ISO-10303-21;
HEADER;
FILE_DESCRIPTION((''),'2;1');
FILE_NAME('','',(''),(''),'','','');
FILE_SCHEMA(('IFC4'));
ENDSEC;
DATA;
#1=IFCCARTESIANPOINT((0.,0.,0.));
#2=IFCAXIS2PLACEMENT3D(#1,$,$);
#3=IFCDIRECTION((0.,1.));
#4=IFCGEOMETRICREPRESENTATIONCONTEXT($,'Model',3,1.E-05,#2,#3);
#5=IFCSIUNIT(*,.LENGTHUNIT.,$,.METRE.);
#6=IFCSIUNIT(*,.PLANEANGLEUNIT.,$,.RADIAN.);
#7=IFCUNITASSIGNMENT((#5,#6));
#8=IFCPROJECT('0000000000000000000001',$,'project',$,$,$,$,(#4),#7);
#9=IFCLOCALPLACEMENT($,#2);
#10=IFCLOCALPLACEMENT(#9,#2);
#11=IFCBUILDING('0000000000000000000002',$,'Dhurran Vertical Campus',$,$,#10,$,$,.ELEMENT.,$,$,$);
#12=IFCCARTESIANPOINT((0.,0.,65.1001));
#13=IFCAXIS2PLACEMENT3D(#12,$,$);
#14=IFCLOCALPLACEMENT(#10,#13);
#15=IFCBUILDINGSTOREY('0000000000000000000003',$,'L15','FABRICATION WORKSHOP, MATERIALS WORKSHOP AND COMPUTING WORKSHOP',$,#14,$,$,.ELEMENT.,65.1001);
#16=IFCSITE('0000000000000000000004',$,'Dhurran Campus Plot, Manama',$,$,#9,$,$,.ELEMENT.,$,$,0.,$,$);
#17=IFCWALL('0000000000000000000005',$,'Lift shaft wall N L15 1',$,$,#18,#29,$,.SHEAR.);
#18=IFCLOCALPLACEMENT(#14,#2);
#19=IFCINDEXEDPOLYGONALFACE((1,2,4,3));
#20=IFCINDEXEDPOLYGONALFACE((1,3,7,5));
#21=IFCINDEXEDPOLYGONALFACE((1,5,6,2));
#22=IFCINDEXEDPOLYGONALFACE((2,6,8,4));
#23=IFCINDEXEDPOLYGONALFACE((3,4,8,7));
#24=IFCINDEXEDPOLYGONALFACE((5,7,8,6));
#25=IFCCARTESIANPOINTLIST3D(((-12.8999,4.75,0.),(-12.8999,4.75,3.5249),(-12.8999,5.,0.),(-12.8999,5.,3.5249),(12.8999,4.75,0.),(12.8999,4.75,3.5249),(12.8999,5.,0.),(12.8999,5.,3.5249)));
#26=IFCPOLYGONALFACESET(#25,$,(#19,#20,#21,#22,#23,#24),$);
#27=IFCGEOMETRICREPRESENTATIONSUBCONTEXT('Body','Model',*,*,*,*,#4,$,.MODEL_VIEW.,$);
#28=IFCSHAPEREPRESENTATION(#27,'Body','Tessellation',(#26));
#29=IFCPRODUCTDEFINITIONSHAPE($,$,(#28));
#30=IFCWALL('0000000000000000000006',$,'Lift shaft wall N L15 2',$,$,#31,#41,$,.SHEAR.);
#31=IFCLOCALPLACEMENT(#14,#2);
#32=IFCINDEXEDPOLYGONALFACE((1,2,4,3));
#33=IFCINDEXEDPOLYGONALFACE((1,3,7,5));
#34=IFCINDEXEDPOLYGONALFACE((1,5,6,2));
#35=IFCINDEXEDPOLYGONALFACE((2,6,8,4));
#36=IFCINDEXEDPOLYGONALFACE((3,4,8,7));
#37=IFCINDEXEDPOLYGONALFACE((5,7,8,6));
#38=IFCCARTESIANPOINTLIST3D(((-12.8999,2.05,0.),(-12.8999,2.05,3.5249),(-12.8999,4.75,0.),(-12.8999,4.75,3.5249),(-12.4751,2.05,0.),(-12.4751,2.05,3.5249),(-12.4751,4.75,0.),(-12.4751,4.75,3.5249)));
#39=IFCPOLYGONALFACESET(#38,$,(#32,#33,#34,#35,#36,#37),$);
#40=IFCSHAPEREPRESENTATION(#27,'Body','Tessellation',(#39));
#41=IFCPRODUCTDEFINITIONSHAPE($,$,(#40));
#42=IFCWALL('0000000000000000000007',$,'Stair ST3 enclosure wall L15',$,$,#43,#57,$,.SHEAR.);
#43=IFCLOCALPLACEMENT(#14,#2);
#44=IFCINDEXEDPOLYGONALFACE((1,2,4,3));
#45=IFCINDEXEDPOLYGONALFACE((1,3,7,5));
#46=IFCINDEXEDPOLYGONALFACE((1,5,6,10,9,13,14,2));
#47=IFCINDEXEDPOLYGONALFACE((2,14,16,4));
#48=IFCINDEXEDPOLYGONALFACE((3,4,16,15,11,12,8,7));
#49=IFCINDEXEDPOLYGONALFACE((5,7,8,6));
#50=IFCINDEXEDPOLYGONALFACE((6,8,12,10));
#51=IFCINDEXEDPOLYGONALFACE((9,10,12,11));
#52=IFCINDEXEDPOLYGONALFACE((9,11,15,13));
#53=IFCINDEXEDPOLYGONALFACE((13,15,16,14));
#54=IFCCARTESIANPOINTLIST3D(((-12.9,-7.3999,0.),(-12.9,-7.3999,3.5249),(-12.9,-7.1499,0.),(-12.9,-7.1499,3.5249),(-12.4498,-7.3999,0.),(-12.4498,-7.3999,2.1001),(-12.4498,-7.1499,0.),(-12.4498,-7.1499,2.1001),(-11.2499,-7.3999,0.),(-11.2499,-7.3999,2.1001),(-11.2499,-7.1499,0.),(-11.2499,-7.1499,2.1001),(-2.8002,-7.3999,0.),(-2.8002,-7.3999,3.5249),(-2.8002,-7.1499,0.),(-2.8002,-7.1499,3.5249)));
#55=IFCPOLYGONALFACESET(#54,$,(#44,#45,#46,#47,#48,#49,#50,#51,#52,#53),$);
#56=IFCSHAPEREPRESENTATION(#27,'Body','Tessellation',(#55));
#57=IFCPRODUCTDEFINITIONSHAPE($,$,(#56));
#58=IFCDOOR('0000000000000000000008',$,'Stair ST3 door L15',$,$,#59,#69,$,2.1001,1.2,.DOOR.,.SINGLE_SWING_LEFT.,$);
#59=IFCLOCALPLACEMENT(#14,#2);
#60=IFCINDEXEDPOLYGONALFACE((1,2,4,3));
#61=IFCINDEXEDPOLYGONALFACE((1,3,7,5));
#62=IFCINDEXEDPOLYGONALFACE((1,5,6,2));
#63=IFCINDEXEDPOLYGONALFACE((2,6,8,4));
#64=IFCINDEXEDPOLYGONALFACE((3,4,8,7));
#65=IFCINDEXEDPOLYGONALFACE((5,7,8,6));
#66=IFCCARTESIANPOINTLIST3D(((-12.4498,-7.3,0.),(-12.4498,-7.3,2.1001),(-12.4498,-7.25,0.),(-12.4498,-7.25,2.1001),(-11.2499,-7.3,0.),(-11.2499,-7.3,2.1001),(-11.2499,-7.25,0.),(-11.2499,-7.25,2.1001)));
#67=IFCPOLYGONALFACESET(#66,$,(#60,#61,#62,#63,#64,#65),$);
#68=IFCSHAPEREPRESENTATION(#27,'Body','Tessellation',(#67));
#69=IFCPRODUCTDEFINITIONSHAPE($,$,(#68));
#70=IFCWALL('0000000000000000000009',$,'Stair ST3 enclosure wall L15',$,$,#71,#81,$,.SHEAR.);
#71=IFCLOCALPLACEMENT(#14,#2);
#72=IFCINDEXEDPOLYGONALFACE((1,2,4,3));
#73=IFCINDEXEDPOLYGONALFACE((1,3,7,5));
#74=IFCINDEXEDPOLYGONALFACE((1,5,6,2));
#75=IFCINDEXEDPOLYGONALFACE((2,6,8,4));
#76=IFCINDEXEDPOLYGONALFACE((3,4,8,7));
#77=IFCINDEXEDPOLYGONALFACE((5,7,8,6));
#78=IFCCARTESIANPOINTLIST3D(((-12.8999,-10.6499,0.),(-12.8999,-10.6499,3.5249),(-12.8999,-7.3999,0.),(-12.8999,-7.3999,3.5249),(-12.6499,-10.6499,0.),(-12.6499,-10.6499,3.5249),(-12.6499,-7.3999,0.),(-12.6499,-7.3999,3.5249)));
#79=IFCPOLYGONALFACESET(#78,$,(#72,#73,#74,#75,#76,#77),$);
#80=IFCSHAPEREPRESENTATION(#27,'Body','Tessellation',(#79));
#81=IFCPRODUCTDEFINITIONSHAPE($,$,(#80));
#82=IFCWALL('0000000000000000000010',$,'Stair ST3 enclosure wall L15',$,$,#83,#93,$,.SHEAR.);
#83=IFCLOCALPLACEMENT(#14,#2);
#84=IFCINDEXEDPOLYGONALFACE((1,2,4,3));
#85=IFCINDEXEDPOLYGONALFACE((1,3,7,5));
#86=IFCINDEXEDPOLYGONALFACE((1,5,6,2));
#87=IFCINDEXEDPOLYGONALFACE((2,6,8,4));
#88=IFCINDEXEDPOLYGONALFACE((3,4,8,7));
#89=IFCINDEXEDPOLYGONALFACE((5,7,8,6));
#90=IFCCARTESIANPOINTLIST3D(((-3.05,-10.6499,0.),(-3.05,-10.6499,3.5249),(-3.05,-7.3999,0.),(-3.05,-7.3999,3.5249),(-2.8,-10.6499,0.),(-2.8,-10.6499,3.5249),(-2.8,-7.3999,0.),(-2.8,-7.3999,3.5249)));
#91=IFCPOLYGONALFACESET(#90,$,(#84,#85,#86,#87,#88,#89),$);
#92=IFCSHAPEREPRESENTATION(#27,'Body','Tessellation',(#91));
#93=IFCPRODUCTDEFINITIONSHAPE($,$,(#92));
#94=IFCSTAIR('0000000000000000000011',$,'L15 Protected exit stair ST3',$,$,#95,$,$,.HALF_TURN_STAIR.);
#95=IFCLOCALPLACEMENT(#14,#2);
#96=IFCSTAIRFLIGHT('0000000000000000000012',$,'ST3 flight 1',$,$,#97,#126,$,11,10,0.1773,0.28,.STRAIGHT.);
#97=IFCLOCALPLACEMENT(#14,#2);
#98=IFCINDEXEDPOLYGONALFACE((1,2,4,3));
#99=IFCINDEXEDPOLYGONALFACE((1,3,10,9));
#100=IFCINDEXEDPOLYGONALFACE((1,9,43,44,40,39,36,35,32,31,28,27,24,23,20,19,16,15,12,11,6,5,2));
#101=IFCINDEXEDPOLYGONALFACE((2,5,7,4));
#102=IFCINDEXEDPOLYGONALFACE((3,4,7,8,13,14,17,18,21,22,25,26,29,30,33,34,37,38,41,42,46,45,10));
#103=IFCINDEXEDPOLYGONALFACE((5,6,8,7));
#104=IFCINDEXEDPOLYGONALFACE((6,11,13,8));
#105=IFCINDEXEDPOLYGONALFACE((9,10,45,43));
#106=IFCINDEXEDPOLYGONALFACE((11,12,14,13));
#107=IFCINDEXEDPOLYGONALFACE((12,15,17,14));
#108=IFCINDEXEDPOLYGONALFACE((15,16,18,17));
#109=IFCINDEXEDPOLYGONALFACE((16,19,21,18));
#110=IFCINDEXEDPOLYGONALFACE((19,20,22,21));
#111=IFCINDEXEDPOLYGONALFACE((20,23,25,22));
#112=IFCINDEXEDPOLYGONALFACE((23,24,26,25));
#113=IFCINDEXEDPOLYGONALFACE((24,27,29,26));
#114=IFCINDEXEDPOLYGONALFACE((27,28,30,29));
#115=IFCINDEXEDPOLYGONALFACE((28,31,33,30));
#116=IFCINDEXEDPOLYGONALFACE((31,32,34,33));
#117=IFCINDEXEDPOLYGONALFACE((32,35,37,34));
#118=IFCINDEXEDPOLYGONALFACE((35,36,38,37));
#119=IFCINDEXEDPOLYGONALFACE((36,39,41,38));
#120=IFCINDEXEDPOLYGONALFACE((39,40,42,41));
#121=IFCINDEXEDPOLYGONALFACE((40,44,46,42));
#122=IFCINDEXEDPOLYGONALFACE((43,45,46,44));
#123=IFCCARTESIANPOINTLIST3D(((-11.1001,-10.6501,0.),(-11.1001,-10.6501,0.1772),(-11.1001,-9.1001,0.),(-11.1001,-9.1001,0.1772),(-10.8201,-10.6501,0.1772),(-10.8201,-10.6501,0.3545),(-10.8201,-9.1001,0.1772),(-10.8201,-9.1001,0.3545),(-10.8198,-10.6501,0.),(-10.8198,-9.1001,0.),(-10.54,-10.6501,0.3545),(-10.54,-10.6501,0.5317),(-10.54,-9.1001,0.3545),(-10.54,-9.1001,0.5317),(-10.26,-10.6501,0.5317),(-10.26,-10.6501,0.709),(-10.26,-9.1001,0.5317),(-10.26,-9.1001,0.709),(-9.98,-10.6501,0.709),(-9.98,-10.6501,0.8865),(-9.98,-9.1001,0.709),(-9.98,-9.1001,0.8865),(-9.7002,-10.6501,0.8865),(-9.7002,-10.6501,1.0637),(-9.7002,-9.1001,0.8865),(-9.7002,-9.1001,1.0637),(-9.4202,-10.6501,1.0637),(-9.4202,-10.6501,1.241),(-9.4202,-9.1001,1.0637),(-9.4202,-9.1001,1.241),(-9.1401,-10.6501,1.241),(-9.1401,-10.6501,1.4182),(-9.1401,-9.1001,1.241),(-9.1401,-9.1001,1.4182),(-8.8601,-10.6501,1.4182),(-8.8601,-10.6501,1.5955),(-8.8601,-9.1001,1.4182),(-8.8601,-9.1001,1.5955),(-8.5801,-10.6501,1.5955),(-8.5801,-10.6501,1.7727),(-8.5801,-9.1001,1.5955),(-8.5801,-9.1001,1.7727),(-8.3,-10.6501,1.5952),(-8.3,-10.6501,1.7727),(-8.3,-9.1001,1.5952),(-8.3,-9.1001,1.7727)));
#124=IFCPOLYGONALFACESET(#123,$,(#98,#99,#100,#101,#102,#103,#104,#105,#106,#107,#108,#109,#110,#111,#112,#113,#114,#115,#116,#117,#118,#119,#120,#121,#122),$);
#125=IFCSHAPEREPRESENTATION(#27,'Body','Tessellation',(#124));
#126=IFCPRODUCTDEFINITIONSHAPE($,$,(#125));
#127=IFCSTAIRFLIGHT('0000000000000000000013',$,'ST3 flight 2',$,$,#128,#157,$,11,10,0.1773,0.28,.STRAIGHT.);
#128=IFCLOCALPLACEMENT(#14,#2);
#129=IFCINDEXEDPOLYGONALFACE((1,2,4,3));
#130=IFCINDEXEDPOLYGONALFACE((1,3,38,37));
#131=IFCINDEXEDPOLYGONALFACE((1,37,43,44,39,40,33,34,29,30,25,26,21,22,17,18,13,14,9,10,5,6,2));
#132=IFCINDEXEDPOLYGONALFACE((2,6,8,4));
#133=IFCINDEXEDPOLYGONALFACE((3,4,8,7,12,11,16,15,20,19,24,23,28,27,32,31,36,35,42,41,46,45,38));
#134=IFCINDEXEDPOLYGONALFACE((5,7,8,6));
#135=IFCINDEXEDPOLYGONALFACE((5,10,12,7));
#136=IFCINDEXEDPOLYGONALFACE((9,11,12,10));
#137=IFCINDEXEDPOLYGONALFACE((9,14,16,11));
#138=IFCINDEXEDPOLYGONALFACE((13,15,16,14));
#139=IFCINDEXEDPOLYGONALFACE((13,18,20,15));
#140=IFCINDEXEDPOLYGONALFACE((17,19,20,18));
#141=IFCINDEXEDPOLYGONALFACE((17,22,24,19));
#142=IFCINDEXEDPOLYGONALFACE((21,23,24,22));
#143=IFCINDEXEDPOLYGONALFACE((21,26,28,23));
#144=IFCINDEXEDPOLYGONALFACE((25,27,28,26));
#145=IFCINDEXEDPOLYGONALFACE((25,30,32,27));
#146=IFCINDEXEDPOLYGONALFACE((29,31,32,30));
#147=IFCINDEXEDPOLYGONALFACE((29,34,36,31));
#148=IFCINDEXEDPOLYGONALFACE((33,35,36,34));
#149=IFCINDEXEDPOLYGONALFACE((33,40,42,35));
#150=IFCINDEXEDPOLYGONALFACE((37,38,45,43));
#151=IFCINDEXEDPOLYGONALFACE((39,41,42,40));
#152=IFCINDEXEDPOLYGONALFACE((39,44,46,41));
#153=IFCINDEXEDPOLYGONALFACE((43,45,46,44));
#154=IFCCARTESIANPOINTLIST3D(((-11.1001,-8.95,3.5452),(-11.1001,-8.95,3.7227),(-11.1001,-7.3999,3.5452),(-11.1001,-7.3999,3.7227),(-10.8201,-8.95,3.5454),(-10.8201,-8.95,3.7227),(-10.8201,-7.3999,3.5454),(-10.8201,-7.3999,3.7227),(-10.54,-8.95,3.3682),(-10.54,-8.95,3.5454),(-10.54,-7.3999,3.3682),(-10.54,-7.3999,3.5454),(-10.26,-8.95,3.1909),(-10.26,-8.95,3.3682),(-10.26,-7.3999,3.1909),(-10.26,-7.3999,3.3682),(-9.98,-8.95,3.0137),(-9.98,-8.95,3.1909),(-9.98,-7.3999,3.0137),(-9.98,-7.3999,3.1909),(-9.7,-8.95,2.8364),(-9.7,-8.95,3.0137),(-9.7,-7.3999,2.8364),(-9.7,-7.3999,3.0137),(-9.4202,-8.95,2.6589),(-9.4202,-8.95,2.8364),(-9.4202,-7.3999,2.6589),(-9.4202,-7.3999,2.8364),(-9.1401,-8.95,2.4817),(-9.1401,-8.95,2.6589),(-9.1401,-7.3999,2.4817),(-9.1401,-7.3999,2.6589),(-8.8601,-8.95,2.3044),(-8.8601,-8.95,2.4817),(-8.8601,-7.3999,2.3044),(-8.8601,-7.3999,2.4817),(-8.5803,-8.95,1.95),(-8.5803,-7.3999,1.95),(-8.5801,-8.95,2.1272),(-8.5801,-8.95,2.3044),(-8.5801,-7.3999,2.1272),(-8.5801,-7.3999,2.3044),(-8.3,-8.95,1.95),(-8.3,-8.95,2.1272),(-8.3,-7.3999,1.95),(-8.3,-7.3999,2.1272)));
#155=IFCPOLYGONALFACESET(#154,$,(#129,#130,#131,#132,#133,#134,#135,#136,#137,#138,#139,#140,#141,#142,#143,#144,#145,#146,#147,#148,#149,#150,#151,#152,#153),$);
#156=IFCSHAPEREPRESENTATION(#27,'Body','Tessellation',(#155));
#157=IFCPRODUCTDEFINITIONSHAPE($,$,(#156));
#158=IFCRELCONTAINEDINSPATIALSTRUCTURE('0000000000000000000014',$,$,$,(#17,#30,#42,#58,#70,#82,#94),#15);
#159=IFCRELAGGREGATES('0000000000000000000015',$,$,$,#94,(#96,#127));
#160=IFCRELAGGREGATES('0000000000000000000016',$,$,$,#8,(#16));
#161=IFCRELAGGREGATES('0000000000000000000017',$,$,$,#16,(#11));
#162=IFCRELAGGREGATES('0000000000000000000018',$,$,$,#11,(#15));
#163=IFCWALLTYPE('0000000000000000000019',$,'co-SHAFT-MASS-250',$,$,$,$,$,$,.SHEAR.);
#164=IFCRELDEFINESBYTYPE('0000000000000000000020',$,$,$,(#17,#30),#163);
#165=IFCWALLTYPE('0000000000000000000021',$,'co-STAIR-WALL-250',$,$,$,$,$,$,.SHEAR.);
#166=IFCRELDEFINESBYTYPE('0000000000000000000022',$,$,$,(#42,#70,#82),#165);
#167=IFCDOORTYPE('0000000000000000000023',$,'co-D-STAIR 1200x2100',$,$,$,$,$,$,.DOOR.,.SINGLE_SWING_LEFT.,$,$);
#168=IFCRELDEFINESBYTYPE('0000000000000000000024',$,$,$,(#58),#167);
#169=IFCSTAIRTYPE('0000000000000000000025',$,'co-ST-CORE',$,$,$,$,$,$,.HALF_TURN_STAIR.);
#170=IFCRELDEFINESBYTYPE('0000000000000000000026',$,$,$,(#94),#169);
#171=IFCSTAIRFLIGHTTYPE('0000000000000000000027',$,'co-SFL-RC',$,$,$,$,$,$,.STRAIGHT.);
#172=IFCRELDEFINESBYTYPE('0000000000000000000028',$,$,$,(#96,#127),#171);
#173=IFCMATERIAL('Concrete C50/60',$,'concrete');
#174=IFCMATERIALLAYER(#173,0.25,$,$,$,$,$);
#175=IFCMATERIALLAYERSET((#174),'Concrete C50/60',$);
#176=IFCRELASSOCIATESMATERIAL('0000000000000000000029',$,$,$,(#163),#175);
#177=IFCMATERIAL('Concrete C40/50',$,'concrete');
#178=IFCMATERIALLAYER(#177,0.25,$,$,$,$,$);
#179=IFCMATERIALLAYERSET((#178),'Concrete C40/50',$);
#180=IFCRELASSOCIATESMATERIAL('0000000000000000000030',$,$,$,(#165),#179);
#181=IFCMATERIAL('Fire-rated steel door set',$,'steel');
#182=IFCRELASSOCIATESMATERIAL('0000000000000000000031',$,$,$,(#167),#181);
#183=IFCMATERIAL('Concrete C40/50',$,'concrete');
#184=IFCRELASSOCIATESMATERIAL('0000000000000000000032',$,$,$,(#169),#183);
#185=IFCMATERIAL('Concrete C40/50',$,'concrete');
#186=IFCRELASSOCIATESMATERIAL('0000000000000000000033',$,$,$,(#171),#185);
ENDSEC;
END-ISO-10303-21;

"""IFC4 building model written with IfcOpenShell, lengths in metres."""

from ifc_helpers import new_model, si_unit, direction, frame, frame_2d, origin, place, context, subcontext, project, spatial, polyline, rectangle, outline, extrude, material, layer, layer_set, type_object, element, fill, aggregate, save


model = new_model("IFC4")

# Units and contexts
model_context = context("Model", 3, precision=1e-05, world=origin(), true_north=direction((0.0, 1.0)))
body_context = subcontext(model_context, "Body", "Model", "MODEL_VIEW")
ifc_project = project(units=[si_unit("LENGTHUNIT", "METRE"), si_unit("PLANEANGLEUNIT", "RADIAN")], contexts=[model_context])

# Site, building, storey
site_placement = place(None, origin())
site = spatial("IfcSite", under=ifc_project, at=site_placement, Name="Dhurran Campus Plot, Manama", CompositionType="ELEMENT", RefElevation=0.0)
building_placement = place(site_placement, origin())
building = spatial("IfcBuilding", under=site, at=building_placement, Name="Dhurran Vertical Campus", CompositionType="ELEMENT")
storey_placement = place(building_placement, frame((0.0, 0.0, 65.1001)))
storey = spatial("IfcBuildingStorey", under=building, at=storey_placement, Name="L15", Description="FABRICATION WORKSHOP, MATERIALS WORKSHOP AND COMPUTING WORKSHOP", CompositionType="ELEMENT", Elevation=65.1001)

# Walls
ifc_material_1 = material(Name="Concrete C50/60", Category="concrete")
ifc_layer_1 = layer(ifc_material_1, 0.25)
ifc_layer_set_1 = layer_set([ifc_layer_1], Name="Concrete C50/60")
wall_type_1 = type_object("IfcWallType", Name="co-SHAFT-MASS-250", PredefinedType="SHEAR", material=ifc_layer_set_1)
wall_1_placement = place(storey_placement, origin())
element("IfcWall", 1, at=wall_1_placement, inside=storey, type_object=wall_type_1, Name="Lift shaft wall N L15 1", PredefinedType="SHEAR", context=body_context, shape_type="SweptSolid", body=[
    extrude(outline(polyline([(-12.8999, 4.75), (12.8999, 4.75), (12.8999, 5.0), (-12.8999, 5.0), (-12.8999, 4.75)])), origin(), (0.0, 0.0, 1.0), 3.5249),
])
wall_2_placement = place(storey_placement, origin())
element("IfcWall", 2, at=wall_2_placement, inside=storey, type_object=wall_type_1, Name="Lift shaft wall N L15 2", PredefinedType="SHEAR", context=body_context, shape_type="SweptSolid", body=[
    extrude(outline(polyline([(-12.8999, 2.05), (-12.4751, 2.05), (-12.4751, 4.75), (-12.8999, 4.75), (-12.8999, 2.05)])), origin(), (0.0, 0.0, 1.0), 3.5249),
])

# Wall, opening, door
ifc_material_2 = material(Name="Concrete C40/50", Category="concrete")
ifc_layer_2 = layer(ifc_material_2, 0.25)
ifc_layer_set_2 = layer_set([ifc_layer_2], Name="Concrete C40/50")
wall_type_2 = type_object("IfcWallType", Name="co-STAIR-WALL-250", PredefinedType="SHEAR", material=ifc_layer_set_2)
wall_3_placement = place(storey_placement, frame((-12.8999, -7.2749, 0.0), z_axis=(0.0, 0.0, 1.0), x_axis=(1.0, 0.0, 0.0)))
wall_3 = element("IfcWall", 3, at=wall_3_placement, inside=storey, type_object=wall_type_2, Name="Stair ST3 enclosure wall L15", PredefinedType="SHEAR", context=body_context, shape_type="SweptSolid", body=[
    extrude(rectangle(XDim=10.0999, YDim=0.25, at=frame_2d((5.0498, 0.0))), origin(), (0.0, 0.0, 1.0), 3.5249),
])
opening_1_placement = place(wall_3_placement, frame((0.45, 0.0, 0.0)))
opening_1 = element("IfcOpeningElement", 4, at=opening_1_placement, cuts=wall_3, PredefinedType="OPENING", context=body_context, shape_type="SweptSolid", body=[
    extrude(rectangle(XDim=1.2, YDim=2.1001, at=frame_2d((0.6001, 1.05))), frame((0.0, 0.135, 0.0), z_axis=(0.0, -1.0, 0.0), x_axis=(1.0, 0.0, 0.0)), (0.0, 0.0, 1.0), 0.27),
])
ifc_material_3 = material(Name="Fire-rated steel door set", Category="steel")
door_type_1 = type_object("IfcDoorType", Name="co-D-STAIR 1200x2100", OperationType="SINGLE_SWING_LEFT", PredefinedType="DOOR", material=ifc_material_3)
door_1_placement = place(opening_1_placement, origin())
door_1 = element("IfcDoor", 5, at=door_1_placement, inside=storey, type_object=door_type_1, Name="Stair ST3 door L15", OperationType="SINGLE_SWING_LEFT", OverallHeight=2.1001, OverallWidth=1.2, PredefinedType="DOOR", context=body_context, shape_type="SweptSolid", body=[
    extrude(rectangle(XDim=1.2, YDim=2.1001, at=frame_2d((0.6001, 1.05))), frame((0.0, 0.0249, 0.0), z_axis=(0.0, -1.0, 0.0), x_axis=(1.0, 0.0, 0.0)), (0.0, 0.0, 1.0), 0.05),
])
fill(opening_1, door_1)

# Walls
for number, where, z_axis, x_axis, name in (
    (6, (-12.7749, -10.6499, 0.0), (0.0, 0.0, 1.0), (0.0, 1.0, 0.0), "Stair ST3 enclosure wall L15"),
    (7, (-2.925, -10.6499, 0.0), (0.0, 0.0, 1.0), (0.0, 1.0, 0.0), "Stair ST3 enclosure wall L15"),
):
    element("IfcWall", number, at=place(storey_placement, frame(where, z_axis=z_axis, x_axis=x_axis)), inside=storey, type_object=wall_type_2, Name=name, PredefinedType="SHEAR", context=body_context, shape_type="SweptSolid", body=[
        extrude(rectangle(XDim=3.25, YDim=0.25, at=frame_2d((1.625, 0.0))), origin(), (0.0, 0.0, 1.0), 3.5249),
    ])

# Stair, stair flights
ifc_material_4 = material(Name="Concrete C40/50", Category="concrete")
stair_type = type_object("IfcStairType", Name="co-ST-CORE", PredefinedType="HALF_TURN_STAIR", material=ifc_material_4)
stair_placement = place(storey_placement, origin())
stair = element("IfcStair", 8, at=stair_placement, inside=storey, type_object=stair_type, Name="L15 Protected exit stair ST3", PredefinedType="HALF_TURN_STAIR")
ifc_material_5 = material(Name="Concrete C40/50", Category="concrete")
stair_flight_type = type_object("IfcStairFlightType", Name="co-SFL-RC", PredefinedType="STRAIGHT", material=ifc_material_5)
stair_flight_1_placement = place(storey_placement, frame((-11.1001, -9.875, 0.0), z_axis=(0.0, 0.0, 1.0), x_axis=(1.0, 0.0, 0.0)))
stair_flight_1 = element("IfcStairFlight", 9, at=stair_flight_1_placement, type_object=stair_flight_type, Name="ST3 flight 1", NumberOfRisers=11, NumberOfTreads=10, PredefinedType="STRAIGHT", RiserHeight=0.1773, TreadLength=0.28, context=body_context, shape_type="SweptSolid", body=[
    extrude(outline(polyline([(0.0, 0.0), (0.0, 0.1772), (0.28, 0.1772), (0.28, 0.3545), (0.5601, 0.3545), (0.5601, 0.5317), (0.8401, 0.5317), (0.8401, 0.709), (1.1201, 0.709), (1.1201, 0.8865), (1.3999, 0.8865), (1.3999, 1.0637), (1.6799, 1.0637), (1.6799, 1.241), (1.96, 1.241), (1.96, 1.4182), (2.24, 1.4182), (2.24, 1.5955), (2.52, 1.5955), (2.52, 1.7727), (2.8, 1.7727), (2.8, 1.95), (2.8, 1.5952), (0.2803, 0.0), (0.0, 0.0)])), frame((0.0, 0.7749, 0.0), z_axis=(0.0, -1.0, 0.0), x_axis=(1.0, 0.0, 0.0)), (0.0, 0.0, 1.0), 1.55),
])
stair_flight_2_placement = place(storey_placement, frame((-8.3, -8.175, 1.95), z_axis=(0.0, 0.0, 1.0), x_axis=(-1.0, 0.0, 0.0)))
stair_flight_2 = element("IfcStairFlight", 10, at=stair_flight_2_placement, type_object=stair_flight_type, Name="ST3 flight 2", NumberOfRisers=11, NumberOfTreads=10, PredefinedType="STRAIGHT", RiserHeight=0.1773, TreadLength=0.28, context=body_context, shape_type="SweptSolid", body=[
    extrude(outline(polyline([(0.0, 0.0), (0.0, 0.1772), (0.28, 0.1772), (0.28, 0.3545), (0.5601, 0.3545), (0.5601, 0.5317), (0.8401, 0.5317), (0.8401, 0.709), (1.1201, 0.709), (1.1201, 0.8865), (1.3999, 0.8865), (1.3999, 1.0637), (1.6799, 1.0637), (1.6799, 1.241), (1.96, 1.241), (1.96, 1.4182), (2.24, 1.4182), (2.24, 1.5955), (2.52, 1.5955), (2.52, 1.7727), (2.8, 1.7727), (2.8, 1.95), (2.8, 1.5952), (0.2803, 0.0), (0.0, 0.0)])), frame((0.0, 0.7749, 0.0), z_axis=(0.0, -1.0, 0.0), x_axis=(1.0, 0.0, 0.0)), (0.0, 0.0, 1.0), 1.55),
])
aggregate(stair, [stair_flight_1, stair_flight_2])

save(model, "model.ifc")
